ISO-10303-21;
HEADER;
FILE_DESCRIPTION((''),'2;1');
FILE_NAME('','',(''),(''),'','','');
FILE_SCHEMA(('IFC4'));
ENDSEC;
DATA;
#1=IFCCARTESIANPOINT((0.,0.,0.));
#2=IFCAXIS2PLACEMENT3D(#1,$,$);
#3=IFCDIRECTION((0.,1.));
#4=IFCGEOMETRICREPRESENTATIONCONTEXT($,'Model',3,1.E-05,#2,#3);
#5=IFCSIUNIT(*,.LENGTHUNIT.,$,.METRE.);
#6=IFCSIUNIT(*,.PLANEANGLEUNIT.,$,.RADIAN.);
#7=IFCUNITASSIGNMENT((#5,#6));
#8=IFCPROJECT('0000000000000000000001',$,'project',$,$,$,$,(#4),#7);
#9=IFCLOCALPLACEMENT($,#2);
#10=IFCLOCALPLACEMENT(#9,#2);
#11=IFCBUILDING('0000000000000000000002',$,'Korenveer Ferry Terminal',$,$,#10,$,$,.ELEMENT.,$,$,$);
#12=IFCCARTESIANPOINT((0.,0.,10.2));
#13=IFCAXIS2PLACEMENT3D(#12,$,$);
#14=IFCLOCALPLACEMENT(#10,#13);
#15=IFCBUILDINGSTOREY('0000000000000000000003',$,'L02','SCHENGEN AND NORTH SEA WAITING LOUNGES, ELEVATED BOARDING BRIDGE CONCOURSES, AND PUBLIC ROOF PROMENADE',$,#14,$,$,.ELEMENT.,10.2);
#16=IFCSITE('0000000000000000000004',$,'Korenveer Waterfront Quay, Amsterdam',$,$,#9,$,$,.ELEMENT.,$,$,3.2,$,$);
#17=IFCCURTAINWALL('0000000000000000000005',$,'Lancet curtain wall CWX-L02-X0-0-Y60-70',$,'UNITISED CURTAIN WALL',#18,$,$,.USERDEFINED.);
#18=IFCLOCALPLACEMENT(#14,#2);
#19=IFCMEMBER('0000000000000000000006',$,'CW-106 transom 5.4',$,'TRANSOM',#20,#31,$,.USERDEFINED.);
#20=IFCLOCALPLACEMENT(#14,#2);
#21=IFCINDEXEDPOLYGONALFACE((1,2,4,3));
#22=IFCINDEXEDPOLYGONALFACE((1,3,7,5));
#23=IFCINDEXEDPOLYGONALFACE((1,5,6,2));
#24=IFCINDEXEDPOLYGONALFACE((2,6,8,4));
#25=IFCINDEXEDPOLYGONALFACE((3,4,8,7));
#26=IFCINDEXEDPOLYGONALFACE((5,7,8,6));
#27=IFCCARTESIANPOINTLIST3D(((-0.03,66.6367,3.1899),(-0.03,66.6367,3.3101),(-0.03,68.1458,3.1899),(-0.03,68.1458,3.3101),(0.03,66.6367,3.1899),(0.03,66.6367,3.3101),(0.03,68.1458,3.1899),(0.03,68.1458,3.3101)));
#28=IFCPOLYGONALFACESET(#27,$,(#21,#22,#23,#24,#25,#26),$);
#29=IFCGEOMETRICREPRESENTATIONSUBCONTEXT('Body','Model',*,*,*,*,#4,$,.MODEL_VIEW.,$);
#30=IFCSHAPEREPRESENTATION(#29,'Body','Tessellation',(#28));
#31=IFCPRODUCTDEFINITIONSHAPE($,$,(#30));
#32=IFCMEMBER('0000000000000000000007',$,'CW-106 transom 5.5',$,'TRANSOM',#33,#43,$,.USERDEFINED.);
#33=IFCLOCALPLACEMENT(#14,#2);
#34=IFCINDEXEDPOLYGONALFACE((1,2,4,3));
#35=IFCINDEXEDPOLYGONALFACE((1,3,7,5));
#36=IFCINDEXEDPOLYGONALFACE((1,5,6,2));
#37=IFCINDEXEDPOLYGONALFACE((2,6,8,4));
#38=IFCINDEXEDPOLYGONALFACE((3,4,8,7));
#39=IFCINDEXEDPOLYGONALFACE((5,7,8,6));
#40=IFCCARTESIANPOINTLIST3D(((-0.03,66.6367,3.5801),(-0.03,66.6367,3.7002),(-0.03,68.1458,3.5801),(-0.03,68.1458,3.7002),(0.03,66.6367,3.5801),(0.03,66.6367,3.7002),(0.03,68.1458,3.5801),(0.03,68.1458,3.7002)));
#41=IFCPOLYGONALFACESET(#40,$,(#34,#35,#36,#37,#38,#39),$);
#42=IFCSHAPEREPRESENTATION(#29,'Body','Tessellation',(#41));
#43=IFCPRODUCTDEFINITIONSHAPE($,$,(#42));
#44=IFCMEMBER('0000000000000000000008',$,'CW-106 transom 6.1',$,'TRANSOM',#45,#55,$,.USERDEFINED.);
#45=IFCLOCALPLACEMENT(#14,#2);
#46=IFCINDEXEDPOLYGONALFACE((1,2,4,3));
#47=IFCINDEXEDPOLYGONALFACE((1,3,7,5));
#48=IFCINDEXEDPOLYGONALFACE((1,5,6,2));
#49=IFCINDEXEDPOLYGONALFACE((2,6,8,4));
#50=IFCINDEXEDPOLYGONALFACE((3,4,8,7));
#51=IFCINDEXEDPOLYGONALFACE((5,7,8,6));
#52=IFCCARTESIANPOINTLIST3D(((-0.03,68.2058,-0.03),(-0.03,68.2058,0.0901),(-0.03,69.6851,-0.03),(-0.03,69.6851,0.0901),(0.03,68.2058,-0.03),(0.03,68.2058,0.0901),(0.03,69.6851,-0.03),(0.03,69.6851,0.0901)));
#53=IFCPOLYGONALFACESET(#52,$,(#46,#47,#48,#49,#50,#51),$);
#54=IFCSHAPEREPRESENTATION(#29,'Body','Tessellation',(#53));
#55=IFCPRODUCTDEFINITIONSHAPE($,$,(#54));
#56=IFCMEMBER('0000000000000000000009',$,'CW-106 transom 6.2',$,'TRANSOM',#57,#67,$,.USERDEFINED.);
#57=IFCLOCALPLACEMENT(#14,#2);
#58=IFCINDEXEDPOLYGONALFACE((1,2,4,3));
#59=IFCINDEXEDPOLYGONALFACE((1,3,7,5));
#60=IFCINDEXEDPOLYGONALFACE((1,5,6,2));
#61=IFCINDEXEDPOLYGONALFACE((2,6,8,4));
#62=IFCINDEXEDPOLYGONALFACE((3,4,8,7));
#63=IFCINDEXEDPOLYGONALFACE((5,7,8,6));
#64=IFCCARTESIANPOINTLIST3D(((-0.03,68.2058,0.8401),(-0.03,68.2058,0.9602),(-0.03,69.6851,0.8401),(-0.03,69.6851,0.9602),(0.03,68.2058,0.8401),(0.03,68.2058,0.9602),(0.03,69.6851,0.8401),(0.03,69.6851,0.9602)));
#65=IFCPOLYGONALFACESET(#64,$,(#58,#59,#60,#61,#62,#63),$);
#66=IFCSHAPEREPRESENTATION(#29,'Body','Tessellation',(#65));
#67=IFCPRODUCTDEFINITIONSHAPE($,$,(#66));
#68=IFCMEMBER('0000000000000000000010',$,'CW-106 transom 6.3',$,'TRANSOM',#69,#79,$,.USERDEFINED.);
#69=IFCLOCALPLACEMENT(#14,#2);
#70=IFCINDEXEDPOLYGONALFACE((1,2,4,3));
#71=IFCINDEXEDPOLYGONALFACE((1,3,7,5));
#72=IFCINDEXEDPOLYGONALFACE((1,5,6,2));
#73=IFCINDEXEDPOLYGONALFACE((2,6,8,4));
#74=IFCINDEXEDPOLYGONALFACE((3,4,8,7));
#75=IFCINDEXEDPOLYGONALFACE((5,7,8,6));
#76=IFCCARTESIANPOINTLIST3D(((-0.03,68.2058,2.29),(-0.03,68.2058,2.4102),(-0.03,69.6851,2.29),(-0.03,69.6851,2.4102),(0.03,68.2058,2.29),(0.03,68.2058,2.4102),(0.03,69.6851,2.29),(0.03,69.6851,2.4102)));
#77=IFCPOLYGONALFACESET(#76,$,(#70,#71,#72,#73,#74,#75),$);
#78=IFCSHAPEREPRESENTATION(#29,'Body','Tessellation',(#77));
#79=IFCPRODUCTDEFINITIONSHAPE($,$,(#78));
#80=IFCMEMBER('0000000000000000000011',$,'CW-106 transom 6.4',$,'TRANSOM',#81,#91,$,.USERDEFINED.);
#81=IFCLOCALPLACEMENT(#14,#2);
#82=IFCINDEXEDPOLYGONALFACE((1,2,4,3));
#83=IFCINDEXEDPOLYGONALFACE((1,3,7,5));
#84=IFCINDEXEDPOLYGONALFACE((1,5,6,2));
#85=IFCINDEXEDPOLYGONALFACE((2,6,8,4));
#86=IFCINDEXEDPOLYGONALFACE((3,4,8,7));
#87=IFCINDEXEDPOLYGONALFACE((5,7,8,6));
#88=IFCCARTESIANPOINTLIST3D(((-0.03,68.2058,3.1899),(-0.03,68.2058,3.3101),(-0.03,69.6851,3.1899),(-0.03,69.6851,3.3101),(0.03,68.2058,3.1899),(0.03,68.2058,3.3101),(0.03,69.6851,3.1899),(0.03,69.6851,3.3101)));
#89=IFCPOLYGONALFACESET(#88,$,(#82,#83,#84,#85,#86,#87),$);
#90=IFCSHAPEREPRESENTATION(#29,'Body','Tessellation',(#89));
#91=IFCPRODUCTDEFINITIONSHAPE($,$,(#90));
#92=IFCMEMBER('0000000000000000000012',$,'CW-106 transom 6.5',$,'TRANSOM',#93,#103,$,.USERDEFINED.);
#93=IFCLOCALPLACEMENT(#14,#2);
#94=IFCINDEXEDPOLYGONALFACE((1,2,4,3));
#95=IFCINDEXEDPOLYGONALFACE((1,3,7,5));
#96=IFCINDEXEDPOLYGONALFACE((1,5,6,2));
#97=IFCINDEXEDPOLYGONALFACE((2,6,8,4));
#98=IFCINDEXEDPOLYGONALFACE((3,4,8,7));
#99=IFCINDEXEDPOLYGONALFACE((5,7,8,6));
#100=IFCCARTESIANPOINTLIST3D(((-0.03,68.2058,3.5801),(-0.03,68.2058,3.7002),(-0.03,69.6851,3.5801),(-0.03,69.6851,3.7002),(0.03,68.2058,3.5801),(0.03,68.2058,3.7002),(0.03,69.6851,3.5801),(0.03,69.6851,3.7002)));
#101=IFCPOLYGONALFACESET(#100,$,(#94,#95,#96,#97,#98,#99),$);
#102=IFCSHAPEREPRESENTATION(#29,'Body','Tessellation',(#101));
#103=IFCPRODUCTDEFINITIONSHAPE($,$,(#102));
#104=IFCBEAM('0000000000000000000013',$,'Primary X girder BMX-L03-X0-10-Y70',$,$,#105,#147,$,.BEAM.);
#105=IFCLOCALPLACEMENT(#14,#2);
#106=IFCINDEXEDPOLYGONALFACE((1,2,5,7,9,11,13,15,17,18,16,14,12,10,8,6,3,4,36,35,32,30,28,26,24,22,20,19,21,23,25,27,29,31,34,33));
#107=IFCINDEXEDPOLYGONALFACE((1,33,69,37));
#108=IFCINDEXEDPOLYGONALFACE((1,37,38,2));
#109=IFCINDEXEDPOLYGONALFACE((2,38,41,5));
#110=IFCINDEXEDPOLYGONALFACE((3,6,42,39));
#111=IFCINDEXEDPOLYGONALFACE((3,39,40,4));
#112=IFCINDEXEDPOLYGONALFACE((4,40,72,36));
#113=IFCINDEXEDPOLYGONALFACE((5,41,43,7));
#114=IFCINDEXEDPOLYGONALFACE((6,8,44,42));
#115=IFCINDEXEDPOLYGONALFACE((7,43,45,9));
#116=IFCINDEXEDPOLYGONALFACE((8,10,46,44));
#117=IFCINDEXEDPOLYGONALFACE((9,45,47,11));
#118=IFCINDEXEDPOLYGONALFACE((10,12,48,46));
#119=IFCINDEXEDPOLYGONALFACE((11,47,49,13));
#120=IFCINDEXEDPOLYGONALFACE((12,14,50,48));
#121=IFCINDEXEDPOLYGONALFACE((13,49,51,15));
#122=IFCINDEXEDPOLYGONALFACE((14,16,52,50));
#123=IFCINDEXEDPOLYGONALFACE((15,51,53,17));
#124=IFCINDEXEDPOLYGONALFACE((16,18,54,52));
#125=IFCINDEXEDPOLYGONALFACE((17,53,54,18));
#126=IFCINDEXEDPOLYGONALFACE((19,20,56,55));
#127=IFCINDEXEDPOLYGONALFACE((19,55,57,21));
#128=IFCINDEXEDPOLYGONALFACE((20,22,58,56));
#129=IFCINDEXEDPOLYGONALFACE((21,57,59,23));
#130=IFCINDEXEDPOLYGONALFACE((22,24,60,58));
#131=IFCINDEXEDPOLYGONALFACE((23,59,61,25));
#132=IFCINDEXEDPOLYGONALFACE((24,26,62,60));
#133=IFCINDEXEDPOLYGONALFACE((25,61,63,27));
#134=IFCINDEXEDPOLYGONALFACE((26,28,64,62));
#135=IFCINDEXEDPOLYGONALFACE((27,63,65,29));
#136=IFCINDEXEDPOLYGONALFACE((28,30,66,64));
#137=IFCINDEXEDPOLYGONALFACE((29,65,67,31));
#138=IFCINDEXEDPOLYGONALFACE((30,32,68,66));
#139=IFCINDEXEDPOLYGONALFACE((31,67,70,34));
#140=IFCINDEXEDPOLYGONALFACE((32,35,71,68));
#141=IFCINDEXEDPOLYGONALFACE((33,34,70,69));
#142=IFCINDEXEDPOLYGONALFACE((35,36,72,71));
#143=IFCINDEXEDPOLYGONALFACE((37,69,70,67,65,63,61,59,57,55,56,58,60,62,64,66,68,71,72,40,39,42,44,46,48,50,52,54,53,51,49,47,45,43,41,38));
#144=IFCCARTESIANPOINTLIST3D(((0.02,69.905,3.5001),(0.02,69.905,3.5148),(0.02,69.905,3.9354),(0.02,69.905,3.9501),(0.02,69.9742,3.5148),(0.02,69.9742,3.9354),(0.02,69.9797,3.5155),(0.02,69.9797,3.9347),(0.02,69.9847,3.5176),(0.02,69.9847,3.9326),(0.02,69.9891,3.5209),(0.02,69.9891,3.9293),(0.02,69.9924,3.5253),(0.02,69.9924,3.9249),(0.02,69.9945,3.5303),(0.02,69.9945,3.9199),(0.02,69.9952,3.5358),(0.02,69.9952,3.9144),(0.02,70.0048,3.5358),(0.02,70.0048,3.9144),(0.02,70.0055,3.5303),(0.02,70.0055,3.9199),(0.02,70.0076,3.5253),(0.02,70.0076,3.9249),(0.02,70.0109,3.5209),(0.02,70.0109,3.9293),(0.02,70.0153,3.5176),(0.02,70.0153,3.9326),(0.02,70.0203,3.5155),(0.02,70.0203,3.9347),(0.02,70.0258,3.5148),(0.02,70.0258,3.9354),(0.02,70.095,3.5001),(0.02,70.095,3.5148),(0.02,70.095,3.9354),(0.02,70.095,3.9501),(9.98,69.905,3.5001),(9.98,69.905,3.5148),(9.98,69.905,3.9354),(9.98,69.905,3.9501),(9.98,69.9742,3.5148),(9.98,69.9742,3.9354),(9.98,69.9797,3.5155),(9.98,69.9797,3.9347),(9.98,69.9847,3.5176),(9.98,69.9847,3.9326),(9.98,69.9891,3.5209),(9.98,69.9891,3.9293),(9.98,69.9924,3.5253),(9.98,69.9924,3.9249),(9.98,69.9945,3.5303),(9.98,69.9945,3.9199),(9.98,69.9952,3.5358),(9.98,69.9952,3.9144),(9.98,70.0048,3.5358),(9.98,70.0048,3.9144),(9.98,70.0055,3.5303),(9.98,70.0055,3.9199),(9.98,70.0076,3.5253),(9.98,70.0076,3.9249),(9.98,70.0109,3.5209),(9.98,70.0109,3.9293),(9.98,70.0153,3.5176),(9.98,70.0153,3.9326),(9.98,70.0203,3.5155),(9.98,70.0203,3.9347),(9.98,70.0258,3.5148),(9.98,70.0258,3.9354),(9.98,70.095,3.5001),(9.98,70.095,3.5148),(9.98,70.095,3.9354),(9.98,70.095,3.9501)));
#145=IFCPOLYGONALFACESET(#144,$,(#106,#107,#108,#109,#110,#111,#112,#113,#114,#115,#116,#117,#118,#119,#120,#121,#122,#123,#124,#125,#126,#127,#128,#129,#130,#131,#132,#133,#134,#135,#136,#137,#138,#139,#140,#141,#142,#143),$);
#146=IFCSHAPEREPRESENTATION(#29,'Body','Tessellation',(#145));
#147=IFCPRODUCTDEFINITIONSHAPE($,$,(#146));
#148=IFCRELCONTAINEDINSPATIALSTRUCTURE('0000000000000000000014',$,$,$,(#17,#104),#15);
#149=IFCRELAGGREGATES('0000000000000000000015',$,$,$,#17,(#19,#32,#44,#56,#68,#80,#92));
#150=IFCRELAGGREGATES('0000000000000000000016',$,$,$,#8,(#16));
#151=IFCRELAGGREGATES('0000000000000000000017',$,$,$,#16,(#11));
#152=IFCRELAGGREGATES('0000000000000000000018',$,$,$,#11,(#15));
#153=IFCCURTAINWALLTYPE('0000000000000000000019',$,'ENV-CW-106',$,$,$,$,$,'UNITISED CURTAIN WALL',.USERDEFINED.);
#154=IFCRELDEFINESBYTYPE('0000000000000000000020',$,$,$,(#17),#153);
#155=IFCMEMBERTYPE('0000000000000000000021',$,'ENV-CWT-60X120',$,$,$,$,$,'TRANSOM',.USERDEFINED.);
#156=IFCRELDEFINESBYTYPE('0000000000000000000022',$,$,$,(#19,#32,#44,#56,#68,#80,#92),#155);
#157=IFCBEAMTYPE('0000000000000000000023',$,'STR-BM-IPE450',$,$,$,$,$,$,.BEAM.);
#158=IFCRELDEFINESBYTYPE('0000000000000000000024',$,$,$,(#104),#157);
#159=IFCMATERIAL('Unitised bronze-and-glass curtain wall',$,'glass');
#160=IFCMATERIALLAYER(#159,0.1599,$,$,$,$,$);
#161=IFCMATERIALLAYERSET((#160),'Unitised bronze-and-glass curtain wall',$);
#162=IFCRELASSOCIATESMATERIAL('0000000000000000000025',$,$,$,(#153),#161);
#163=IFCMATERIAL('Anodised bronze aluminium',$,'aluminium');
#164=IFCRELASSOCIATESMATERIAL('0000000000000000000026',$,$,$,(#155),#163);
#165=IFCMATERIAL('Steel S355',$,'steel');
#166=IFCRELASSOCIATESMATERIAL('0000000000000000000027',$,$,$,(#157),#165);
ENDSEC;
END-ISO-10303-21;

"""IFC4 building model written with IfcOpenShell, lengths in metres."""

from ifc_helpers import new_model, si_unit, direction, frame, origin, origin_2d, place, context, subcontext, project, spatial, rectangle, i_section, extrude, material, layer, layer_set, material_profile, profile_set, type_object, element, aggregate, save


model = new_model("IFC4")

# Units and contexts
model_context = context("Model", 3, precision=1e-05, world=origin(), true_north=direction((0.0, 1.0)))
body_context = subcontext(model_context, "Body", "Model", "MODEL_VIEW")
ifc_project = project(units=[si_unit("LENGTHUNIT", "METRE"), si_unit("PLANEANGLEUNIT", "RADIAN")], contexts=[model_context])

# Site, building, storey
site_placement = place(None, origin())
site = spatial("IfcSite", under=ifc_project, at=site_placement, Name="Korenveer Waterfront Quay, Amsterdam", CompositionType="ELEMENT", RefElevation=3.2)
building_placement = place(site_placement, origin())
building = spatial("IfcBuilding", under=site, at=building_placement, Name="Korenveer Ferry Terminal", CompositionType="ELEMENT")
storey_placement = place(building_placement, frame((0.0, 0.0, 10.2)))
storey = spatial("IfcBuildingStorey", under=building, at=storey_placement, Name="L02", Description="SCHENGEN AND NORTH SEA WAITING LOUNGES, ELEVATED BOARDING BRIDGE CONCOURSES, AND PUBLIC ROOF PROMENADE", CompositionType="ELEMENT", Elevation=10.2)

# Shared definitions
ifc_material_1 = material(Name="Steel S355", Category="steel")

# Curtain wall, members
ifc_material_2 = material(Name="Unitised bronze-and-glass curtain wall", Category="glass")
ifc_layer_1 = layer(ifc_material_2, 0.1599)
ifc_layer_set_1 = layer_set([ifc_layer_1], Name="Unitised bronze-and-glass curtain wall")
curtain_wall_type = type_object("IfcCurtainWallType", Name="ENV-CW-106", ElementType="UNITISED CURTAIN WALL", PredefinedType="USERDEFINED", material=ifc_layer_set_1)
curtain_wall_placement = place(storey_placement, frame((0.0, 60.3301, 0.0)))
curtain_wall = element("IfcCurtainWall", 1, at=curtain_wall_placement, inside=storey, type_object=curtain_wall_type, Name="Lancet curtain wall CWX-L02-X0-0-Y60-70", ObjectType="UNITISED CURTAIN WALL", PredefinedType="USERDEFINED")
ifc_material_3 = material(Name="Anodised bronze aluminium", Category="aluminium")
ifc_material_profile_1 = material_profile(ifc_material_3, rectangle(XDim=0.0601, YDim=0.1201, at=origin_2d()), Name="ALU 60x120")
ifc_profile_set_1 = profile_set([ifc_material_profile_1], Name="Anodised bronze aluminium")
member_type_1 = type_object("IfcMemberType", Name="ENV-CWT-60X120", ElementType="TRANSOM", PredefinedType="USERDEFINED", material=ifc_profile_set_1)
member_1_placement = place(storey_placement, frame((0.0, 66.6367, 3.25), z_axis=(0.0, 1.0, 0.0), x_axis=(-1.0, 0.0, 0.0)))
member_1 = element("IfcMember", 2, at=member_1_placement, type_object=member_type_1, Name="CW-106 transom 5.4", ObjectType="TRANSOM", PredefinedType="USERDEFINED", context=body_context, shape_type="SweptSolid", body=[
    extrude(rectangle(XDim=0.0601, YDim=0.1201, at=origin_2d()), origin(), (0.0, 0.0, 1.0), 1.509),
])
member_2_placement = place(storey_placement, frame((0.0, 66.6367, 3.6401), z_axis=(0.0, 1.0, 0.0), x_axis=(-1.0, 0.0, 0.0)))
member_2 = element("IfcMember", 3, at=member_2_placement, type_object=member_type_1, Name="CW-106 transom 5.5", ObjectType="TRANSOM", PredefinedType="USERDEFINED", context=body_context, shape_type="SweptSolid", body=[
    extrude(rectangle(XDim=0.0601, YDim=0.1201, at=origin_2d()), origin(), (0.0, 0.0, 1.0), 1.509),
])
member_3_placement = place(storey_placement, frame((0.0, 68.2058, 0.03), z_axis=(0.0, 1.0, 0.0), x_axis=(-1.0, 0.0, 0.0)))
member_3 = element("IfcMember", 4, at=member_3_placement, type_object=member_type_1, Name="CW-106 transom 6.1", ObjectType="TRANSOM", PredefinedType="USERDEFINED", context=body_context, shape_type="SweptSolid", body=[
    extrude(rectangle(XDim=0.0601, YDim=0.1201, at=origin_2d()), origin(), (0.0, 0.0, 1.0), 1.4792),
])
member_4_placement = place(storey_placement, frame((0.0, 68.2058, 0.9001), z_axis=(0.0, 1.0, 0.0), x_axis=(-1.0, 0.0, 0.0)))
member_4 = element("IfcMember", 5, at=member_4_placement, type_object=member_type_1, Name="CW-106 transom 6.2", ObjectType="TRANSOM", PredefinedType="USERDEFINED", context=body_context, shape_type="SweptSolid", body=[
    extrude(rectangle(XDim=0.0601, YDim=0.1201, at=origin_2d()), origin(), (0.0, 0.0, 1.0), 1.4792),
])
member_5_placement = place(storey_placement, frame((0.0, 68.2058, 2.3501), z_axis=(0.0, 1.0, 0.0), x_axis=(-1.0, 0.0, 0.0)))
member_5 = element("IfcMember", 6, at=member_5_placement, type_object=member_type_1, Name="CW-106 transom 6.3", ObjectType="TRANSOM", PredefinedType="USERDEFINED", context=body_context, shape_type="SweptSolid", body=[
    extrude(rectangle(XDim=0.0601, YDim=0.1201, at=origin_2d()), origin(), (0.0, 0.0, 1.0), 1.4792),
])
member_6_placement = place(storey_placement, frame((0.0, 68.2058, 3.25), z_axis=(0.0, 1.0, 0.0), x_axis=(-1.0, 0.0, 0.0)))
member_6 = element("IfcMember", 7, at=member_6_placement, type_object=member_type_1, Name="CW-106 transom 6.4", ObjectType="TRANSOM", PredefinedType="USERDEFINED", context=body_context, shape_type="SweptSolid", body=[
    extrude(rectangle(XDim=0.0601, YDim=0.1201, at=origin_2d()), origin(), (0.0, 0.0, 1.0), 1.4792),
])
member_7_placement = place(storey_placement, frame((0.0, 68.2058, 3.6401), z_axis=(0.0, 1.0, 0.0), x_axis=(-1.0, 0.0, 0.0)))
member_7 = element("IfcMember", 8, at=member_7_placement, type_object=member_type_1, Name="CW-106 transom 6.5", ObjectType="TRANSOM", PredefinedType="USERDEFINED", context=body_context, shape_type="SweptSolid", body=[
    extrude(rectangle(XDim=0.0601, YDim=0.1201, at=origin_2d()), origin(), (0.0, 0.0, 1.0), 1.4792),
])

# Beam
ifc_material_profile_2 = material_profile(ifc_material_1, i_section(OverallWidth=0.1899, OverallDepth=0.45, WebThickness=0.0095, FlangeThickness=0.0146, FilletRadius=0.021, at=origin_2d()), Name="IPE 450")
ifc_profile_set_2 = profile_set([ifc_material_profile_2], Name="Steel S355")
beam_type_1 = type_object("IfcBeamType", Name="STR-BM-IPE450", PredefinedType="BEAM", material=ifc_profile_set_2)
beam_1_placement = place(storey_placement, frame((0.02, 70.0, 3.7251), z_axis=(1.0, 0.0, 0.0), x_axis=(0.0, 1.0, 0.0)))
element("IfcBeam", 9, at=beam_1_placement, inside=storey, type_object=beam_type_1, Name="Primary X girder BMX-L03-X0-10-Y70", PredefinedType="BEAM", context=body_context, shape_type="SweptSolid", body=[
    extrude(i_section(OverallWidth=0.1899, OverallDepth=0.45, WebThickness=0.0095, FlangeThickness=0.0146, FilletRadius=0.021, at=origin_2d()), origin(), (0.0, 0.0, 1.0), 9.96),
])

aggregate(curtain_wall, [member_1, member_2, member_3, member_4, member_5, member_6, member_7])

save(model, "model.ifc")
